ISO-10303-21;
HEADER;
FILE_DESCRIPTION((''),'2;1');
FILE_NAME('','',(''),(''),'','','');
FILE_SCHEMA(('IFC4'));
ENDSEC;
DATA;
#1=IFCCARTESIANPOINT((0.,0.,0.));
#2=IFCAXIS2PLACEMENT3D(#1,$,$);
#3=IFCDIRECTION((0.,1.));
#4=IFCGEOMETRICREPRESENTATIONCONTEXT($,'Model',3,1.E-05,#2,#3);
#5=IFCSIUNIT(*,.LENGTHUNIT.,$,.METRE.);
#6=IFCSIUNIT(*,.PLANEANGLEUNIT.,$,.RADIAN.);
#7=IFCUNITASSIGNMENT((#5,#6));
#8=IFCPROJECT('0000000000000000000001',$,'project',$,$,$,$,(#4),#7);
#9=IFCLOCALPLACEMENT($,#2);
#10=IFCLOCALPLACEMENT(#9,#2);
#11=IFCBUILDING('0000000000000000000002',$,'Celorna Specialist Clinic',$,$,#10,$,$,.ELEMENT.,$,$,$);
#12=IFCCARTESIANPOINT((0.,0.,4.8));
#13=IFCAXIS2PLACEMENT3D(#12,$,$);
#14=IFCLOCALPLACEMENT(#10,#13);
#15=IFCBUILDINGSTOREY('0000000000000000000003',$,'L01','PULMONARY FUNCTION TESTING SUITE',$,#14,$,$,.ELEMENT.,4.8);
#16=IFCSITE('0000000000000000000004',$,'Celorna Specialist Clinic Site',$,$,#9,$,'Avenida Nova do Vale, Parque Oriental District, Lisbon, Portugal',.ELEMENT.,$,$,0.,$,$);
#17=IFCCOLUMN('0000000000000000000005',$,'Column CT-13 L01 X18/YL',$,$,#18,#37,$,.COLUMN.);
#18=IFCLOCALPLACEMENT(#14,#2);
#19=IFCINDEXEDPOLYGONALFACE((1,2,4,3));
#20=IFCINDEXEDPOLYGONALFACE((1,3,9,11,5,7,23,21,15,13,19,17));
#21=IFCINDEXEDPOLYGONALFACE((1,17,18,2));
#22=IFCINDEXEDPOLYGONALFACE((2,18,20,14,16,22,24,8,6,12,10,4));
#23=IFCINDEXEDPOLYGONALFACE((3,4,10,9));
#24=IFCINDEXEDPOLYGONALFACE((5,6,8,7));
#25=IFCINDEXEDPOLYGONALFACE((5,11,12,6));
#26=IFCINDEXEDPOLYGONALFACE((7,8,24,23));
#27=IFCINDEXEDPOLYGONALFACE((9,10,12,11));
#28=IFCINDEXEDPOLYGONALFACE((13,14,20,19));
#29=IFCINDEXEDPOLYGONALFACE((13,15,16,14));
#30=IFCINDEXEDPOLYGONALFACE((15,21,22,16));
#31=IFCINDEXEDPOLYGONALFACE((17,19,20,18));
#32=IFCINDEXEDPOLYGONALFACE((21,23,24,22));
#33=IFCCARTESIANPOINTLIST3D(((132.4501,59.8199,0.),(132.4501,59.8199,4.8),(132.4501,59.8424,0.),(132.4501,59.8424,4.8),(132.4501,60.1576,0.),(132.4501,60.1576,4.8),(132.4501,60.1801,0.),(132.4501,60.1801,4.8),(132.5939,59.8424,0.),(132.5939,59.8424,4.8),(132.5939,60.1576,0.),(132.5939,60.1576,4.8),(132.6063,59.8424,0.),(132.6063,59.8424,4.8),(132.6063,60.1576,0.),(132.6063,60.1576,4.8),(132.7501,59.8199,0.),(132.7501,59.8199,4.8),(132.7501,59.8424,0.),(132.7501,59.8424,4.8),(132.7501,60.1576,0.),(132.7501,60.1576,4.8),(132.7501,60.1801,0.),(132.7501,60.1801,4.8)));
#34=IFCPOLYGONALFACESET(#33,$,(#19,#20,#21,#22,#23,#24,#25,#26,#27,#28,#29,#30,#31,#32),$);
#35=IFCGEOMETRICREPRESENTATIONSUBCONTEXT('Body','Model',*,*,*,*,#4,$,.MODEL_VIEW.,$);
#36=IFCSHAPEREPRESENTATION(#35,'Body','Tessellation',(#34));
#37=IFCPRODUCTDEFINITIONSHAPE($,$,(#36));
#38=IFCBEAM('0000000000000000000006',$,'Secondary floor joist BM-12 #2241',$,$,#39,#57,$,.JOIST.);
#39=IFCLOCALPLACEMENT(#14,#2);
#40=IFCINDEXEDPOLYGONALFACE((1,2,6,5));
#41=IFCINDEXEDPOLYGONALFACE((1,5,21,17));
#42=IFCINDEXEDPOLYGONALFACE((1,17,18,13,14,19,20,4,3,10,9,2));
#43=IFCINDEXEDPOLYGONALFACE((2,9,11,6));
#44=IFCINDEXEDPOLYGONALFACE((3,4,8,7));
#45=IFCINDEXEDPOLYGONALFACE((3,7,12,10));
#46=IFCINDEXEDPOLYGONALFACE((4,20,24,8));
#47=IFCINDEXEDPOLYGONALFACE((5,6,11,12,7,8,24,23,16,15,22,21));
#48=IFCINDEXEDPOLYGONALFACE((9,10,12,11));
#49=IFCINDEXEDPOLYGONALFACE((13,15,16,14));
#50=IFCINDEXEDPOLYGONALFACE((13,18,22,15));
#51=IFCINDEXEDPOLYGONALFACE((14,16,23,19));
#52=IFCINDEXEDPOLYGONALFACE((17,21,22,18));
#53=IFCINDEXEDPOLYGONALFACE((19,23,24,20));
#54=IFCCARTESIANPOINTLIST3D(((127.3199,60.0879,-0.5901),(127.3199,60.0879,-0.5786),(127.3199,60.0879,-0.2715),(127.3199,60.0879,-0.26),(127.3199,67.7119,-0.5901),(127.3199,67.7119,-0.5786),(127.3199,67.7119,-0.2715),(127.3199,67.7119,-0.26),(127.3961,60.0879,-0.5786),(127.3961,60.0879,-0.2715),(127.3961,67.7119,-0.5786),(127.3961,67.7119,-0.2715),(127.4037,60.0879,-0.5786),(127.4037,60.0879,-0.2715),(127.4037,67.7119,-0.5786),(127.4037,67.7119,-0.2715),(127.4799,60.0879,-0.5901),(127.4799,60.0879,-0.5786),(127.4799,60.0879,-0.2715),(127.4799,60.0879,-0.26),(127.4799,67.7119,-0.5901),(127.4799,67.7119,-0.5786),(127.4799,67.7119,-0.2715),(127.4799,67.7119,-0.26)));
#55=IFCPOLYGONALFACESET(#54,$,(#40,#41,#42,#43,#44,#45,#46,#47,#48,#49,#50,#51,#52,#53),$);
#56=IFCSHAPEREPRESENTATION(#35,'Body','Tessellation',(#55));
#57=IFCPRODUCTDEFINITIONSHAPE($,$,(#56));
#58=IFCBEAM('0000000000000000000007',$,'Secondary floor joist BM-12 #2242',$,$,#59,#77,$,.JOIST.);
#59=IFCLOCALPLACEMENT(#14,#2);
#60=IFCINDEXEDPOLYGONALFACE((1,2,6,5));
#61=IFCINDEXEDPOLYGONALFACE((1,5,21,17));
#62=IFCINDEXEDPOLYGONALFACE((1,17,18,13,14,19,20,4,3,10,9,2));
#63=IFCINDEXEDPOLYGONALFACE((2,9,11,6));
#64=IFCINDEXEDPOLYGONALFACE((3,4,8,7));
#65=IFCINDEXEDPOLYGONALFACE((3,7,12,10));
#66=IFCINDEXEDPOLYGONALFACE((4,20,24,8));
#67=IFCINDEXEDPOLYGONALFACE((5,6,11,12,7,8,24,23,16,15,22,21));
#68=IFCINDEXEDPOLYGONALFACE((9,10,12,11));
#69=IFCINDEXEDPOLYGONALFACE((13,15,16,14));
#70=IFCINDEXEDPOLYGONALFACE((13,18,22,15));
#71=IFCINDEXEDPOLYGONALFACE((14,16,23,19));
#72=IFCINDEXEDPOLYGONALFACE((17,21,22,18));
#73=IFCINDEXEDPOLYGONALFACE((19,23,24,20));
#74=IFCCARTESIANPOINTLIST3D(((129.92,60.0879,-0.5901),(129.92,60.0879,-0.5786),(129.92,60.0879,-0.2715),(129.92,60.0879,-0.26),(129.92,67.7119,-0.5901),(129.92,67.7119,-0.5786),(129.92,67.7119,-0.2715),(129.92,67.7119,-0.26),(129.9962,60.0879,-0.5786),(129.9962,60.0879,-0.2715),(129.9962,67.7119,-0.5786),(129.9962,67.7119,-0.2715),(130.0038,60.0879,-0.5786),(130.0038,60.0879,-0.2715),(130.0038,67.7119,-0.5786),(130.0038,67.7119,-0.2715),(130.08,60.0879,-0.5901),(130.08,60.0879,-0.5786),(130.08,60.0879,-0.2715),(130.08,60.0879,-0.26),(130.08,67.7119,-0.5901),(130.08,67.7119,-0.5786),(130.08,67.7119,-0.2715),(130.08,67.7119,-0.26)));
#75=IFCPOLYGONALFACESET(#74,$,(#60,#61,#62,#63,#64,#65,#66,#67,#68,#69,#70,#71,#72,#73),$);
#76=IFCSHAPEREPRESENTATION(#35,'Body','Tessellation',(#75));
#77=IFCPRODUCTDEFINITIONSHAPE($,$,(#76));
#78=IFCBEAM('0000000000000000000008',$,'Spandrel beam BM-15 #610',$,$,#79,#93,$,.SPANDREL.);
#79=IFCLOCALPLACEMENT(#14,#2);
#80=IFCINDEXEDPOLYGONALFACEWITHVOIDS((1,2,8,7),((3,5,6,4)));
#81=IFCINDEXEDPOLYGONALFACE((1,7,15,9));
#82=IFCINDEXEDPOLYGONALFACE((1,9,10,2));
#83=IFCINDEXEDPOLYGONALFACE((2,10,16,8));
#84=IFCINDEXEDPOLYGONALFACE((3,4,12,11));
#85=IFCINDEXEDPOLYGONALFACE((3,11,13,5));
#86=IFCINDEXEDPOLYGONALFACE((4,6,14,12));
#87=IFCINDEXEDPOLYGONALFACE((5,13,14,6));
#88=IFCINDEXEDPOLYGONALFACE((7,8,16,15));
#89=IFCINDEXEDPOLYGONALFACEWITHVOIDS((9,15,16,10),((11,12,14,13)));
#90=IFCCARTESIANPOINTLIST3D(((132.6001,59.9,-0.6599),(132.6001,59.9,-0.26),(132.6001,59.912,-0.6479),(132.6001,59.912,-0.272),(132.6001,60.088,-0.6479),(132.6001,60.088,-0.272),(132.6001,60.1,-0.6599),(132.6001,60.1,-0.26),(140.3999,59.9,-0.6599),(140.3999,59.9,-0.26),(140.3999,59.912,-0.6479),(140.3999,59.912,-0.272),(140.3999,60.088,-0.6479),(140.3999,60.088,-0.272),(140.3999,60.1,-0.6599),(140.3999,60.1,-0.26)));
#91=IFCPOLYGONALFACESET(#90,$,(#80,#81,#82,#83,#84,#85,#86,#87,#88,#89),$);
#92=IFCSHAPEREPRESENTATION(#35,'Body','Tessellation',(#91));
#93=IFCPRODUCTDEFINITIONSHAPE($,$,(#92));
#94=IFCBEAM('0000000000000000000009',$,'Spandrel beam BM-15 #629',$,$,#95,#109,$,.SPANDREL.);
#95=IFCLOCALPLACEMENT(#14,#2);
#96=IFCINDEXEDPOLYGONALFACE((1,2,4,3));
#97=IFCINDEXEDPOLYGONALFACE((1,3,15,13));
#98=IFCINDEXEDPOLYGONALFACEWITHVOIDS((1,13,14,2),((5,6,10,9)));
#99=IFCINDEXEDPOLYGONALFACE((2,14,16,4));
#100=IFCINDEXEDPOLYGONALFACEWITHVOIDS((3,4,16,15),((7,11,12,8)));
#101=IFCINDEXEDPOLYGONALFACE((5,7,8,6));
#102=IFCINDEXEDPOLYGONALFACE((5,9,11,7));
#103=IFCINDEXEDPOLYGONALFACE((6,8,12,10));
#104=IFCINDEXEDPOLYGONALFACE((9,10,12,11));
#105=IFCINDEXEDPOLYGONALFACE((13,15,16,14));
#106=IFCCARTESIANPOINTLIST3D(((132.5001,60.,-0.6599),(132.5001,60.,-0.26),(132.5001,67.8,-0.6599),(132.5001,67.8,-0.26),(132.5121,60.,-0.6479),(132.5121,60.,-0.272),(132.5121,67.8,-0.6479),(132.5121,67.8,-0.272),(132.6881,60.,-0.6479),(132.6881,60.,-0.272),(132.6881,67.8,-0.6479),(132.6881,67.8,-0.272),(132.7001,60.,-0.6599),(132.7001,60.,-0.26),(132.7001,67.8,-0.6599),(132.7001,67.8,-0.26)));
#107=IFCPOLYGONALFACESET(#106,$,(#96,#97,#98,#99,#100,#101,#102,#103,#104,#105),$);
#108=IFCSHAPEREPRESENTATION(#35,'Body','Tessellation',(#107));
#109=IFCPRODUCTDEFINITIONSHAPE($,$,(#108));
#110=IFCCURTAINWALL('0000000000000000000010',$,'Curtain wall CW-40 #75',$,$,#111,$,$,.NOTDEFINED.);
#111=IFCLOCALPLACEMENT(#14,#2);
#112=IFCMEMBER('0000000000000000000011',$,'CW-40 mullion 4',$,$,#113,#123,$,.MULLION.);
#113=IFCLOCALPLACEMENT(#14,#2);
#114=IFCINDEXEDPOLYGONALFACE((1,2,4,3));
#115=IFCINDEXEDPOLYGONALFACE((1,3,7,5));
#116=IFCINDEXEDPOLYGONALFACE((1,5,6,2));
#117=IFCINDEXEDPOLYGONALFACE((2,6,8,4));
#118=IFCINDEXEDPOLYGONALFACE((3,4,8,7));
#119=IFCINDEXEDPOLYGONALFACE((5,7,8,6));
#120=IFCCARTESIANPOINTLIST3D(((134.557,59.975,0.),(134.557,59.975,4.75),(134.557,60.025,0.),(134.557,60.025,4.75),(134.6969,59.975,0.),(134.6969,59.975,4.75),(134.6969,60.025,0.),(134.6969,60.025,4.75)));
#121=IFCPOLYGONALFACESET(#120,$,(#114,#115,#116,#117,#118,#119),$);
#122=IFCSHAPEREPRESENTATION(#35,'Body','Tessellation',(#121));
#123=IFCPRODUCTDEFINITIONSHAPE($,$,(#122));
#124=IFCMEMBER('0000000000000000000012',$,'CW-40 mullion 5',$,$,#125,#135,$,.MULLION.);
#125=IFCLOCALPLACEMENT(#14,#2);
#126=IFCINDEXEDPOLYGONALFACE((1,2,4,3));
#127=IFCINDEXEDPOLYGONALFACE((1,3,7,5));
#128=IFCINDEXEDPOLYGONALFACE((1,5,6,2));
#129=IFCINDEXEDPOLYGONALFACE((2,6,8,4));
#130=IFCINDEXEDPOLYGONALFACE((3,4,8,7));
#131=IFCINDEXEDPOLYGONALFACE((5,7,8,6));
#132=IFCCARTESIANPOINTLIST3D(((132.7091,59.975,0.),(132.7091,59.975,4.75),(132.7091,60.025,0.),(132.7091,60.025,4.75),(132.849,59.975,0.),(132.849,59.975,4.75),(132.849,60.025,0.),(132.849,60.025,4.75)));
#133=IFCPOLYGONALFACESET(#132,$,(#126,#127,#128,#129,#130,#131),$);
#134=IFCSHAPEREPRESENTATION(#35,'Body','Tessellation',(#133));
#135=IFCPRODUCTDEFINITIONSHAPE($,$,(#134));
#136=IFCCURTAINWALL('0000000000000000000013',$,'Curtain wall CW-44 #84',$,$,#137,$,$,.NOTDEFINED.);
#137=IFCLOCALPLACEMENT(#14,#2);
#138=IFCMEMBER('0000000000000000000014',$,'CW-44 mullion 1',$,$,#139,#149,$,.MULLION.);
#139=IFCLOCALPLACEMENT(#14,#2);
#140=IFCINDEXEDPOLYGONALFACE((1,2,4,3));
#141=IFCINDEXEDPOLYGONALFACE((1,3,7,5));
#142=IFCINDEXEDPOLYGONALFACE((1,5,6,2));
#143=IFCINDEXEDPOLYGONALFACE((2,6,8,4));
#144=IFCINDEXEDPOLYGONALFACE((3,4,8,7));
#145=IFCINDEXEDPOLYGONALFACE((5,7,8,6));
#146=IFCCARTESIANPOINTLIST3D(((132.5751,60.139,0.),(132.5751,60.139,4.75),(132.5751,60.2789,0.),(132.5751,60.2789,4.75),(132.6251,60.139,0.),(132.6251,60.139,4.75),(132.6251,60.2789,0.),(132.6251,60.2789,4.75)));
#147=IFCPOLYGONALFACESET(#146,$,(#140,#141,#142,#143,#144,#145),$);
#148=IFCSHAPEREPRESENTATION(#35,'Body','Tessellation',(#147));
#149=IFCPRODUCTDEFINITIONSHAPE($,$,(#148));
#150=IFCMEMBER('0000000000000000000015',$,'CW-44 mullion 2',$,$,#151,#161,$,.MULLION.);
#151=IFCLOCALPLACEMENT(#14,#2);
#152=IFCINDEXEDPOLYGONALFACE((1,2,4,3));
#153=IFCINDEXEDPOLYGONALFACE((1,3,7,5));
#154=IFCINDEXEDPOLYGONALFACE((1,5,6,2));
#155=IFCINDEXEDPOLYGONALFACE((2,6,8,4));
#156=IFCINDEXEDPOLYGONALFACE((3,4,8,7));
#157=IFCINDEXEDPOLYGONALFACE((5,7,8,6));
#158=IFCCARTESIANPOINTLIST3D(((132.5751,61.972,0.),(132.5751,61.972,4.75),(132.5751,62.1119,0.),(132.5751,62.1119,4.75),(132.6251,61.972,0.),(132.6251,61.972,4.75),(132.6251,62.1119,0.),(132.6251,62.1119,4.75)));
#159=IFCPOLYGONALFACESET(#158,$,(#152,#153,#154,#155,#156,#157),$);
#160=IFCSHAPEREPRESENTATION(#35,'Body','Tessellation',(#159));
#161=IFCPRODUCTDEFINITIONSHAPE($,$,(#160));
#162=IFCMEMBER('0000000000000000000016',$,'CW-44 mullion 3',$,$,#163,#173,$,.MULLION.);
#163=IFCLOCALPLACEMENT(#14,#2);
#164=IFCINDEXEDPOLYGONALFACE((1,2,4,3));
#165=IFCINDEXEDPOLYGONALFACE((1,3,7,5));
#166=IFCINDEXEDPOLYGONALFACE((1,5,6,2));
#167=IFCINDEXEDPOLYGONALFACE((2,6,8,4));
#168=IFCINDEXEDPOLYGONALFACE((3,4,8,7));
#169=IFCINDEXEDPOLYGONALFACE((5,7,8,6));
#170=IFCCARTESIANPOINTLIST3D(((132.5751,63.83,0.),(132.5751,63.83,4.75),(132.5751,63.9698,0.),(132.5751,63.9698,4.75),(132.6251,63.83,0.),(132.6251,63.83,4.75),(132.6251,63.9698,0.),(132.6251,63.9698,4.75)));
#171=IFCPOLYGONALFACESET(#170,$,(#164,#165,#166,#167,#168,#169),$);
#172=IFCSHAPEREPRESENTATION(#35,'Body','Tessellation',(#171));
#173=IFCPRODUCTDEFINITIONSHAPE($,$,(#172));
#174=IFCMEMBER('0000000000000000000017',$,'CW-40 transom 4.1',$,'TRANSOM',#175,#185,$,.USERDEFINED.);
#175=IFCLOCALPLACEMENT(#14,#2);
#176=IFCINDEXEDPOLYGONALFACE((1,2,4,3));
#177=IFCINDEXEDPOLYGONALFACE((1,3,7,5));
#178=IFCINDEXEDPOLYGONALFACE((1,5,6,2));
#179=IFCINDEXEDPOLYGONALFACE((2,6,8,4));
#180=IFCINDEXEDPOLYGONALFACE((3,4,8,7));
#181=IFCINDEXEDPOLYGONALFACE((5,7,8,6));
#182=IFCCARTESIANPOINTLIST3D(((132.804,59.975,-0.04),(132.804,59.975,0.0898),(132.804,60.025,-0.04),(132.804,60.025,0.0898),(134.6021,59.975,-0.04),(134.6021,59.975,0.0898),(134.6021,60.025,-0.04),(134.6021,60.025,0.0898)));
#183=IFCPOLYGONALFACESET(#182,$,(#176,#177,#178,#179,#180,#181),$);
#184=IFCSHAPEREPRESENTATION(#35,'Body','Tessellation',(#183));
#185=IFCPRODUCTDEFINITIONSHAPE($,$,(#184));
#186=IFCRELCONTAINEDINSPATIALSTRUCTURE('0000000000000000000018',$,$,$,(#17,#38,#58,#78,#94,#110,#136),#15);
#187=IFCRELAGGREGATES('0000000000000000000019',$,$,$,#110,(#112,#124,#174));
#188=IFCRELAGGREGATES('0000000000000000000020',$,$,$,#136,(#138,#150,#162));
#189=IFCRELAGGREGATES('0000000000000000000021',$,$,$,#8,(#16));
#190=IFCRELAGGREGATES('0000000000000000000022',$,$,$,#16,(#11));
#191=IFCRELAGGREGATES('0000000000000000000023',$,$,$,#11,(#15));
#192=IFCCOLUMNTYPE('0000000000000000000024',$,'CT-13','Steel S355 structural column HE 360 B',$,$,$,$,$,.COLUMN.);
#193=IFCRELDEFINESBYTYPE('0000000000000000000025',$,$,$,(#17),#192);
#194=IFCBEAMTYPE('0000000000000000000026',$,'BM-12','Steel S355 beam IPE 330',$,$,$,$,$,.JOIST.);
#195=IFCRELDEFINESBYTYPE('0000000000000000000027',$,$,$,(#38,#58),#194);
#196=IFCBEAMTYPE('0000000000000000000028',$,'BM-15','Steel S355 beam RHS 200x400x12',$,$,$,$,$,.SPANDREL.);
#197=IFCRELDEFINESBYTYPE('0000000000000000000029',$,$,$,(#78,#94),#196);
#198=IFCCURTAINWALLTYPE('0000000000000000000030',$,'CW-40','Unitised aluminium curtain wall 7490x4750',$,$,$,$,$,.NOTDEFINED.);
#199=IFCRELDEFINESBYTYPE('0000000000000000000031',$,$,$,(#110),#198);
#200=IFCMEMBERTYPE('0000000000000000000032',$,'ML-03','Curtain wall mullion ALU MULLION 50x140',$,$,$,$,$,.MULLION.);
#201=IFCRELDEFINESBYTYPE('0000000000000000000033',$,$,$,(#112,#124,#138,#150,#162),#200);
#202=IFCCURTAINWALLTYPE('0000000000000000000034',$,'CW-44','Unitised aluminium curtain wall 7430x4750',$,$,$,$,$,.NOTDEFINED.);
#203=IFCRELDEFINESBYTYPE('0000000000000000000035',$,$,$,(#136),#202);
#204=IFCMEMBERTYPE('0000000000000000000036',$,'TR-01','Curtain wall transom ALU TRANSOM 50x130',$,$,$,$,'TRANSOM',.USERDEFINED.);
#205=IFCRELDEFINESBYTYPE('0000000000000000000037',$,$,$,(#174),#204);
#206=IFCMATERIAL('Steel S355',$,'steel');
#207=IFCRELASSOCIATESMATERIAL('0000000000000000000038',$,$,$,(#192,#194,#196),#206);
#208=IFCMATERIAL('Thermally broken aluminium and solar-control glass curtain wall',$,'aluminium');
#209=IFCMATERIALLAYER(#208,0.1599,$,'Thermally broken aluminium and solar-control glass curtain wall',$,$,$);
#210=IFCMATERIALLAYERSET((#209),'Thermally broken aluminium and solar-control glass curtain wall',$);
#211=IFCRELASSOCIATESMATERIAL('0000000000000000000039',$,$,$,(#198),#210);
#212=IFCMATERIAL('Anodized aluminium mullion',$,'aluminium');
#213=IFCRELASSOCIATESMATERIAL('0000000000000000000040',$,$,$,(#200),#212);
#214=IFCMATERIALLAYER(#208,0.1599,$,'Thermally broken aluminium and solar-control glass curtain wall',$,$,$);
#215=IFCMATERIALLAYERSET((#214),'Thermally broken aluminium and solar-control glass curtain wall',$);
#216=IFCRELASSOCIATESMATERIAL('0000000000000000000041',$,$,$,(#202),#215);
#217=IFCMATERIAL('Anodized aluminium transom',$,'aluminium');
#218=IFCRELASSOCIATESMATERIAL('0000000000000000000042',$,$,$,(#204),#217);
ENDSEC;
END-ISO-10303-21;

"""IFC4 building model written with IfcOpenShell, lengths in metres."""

from ifc_helpers import new_model, si_unit, direction, frame, origin, origin_2d, place, context, subcontext, project, spatial, rectangle, hollow_rectangle, i_section, extrude, material, layer, layer_set, material_profile, profile_set, type_object, element, aggregate, save


model = new_model("IFC4")

# Units and contexts
model_context = context("Model", 3, precision=1e-05, world=origin(), true_north=direction((0.0, 1.0)))
body_context = subcontext(model_context, "Body", "Model", "MODEL_VIEW")
ifc_project = project(units=[si_unit("LENGTHUNIT", "METRE"), si_unit("PLANEANGLEUNIT", "RADIAN")], contexts=[model_context])

# Site, building, storey
site_placement = place(None, origin())
site = spatial("IfcSite", under=ifc_project, at=site_placement, Name="Celorna Specialist Clinic Site", LongName="Avenida Nova do Vale, Parque Oriental District, Lisbon, Portugal", CompositionType="ELEMENT", RefElevation=0.0)
building_placement = place(site_placement, origin())
building = spatial("IfcBuilding", under=site, at=building_placement, Name="Celorna Specialist Clinic", CompositionType="ELEMENT")
storey_placement = place(building_placement, frame((0.0, 0.0, 4.8)))
storey = spatial("IfcBuildingStorey", under=building, at=storey_placement, Name="L01", Description="PULMONARY FUNCTION TESTING SUITE", CompositionType="ELEMENT", Elevation=4.8)

# Column
ifc_material_1 = material(Name="Steel S355", Category="steel")
ifc_material_profile_1 = material_profile(ifc_material_1, i_section(OverallWidth=0.3, OverallDepth=0.3601, WebThickness=0.0125, FlangeThickness=0.0225, at=origin_2d()), Name="HE 360 B")
ifc_profile_set_1 = profile_set([ifc_material_profile_1], Name="Steel S355")
column_type = type_object("IfcColumnType", Name="CT-13", Description="Steel S355 structural column HE 360 B", PredefinedType="COLUMN", material=ifc_profile_set_1)
column_placement = place(storey_placement, frame((132.6001, 60.0, 0.0), z_axis=(0.0, 0.0, 1.0), x_axis=(1.0, 0.0, 0.0)))
element("IfcColumn", 1, at=column_placement, inside=storey, type_object=column_type, Name="Column CT-13 L01 X18/YL", PredefinedType="COLUMN", context=body_context, shape_type="SweptSolid", body=[
    extrude(i_section(OverallWidth=0.3, OverallDepth=0.3601, WebThickness=0.0125, FlangeThickness=0.0225, at=origin_2d()), origin(), (0.0, 0.0, 1.0), 4.8),
])

# Beams
ifc_material_profile_2 = material_profile(ifc_material_1, i_section(OverallWidth=0.1599, OverallDepth=0.3301, WebThickness=0.0076, FlangeThickness=0.0115, at=origin_2d()), Name="IPE 330")
ifc_profile_set_2 = profile_set([ifc_material_profile_2], Name="Steel S355")
beam_type_1 = type_object("IfcBeamType", Name="BM-12", Description="Steel S355 beam IPE 330", PredefinedType="JOIST", material=ifc_profile_set_2)
for number, where, z_axis, x_axis, name in (
    (2, (127.3999, 60.0879, -0.425), (0.0, 1.0, 0.0), (-1.0, 0.0, 0.0), "Secondary floor joist BM-12 #2241"),
    (3, (130.0, 60.0879, -0.425), (0.0, 1.0, 0.0), (-1.0, 0.0, 0.0), "Secondary floor joist BM-12 #2242"),
):
    element("IfcBeam", number, at=place(storey_placement, frame(where, z_axis=z_axis, x_axis=x_axis)), inside=storey, type_object=beam_type_1, Name=name, PredefinedType="JOIST", context=body_context, shape_type="SweptSolid", body=[
        extrude(i_section(OverallWidth=0.1599, OverallDepth=0.3301, WebThickness=0.0076, FlangeThickness=0.0115, at=origin_2d()), origin(), (0.0, 0.0, 1.0), 7.624),
    ])
ifc_material_profile_3 = material_profile(ifc_material_1, hollow_rectangle(XDim=0.2, YDim=0.3999, WallThickness=0.012, at=origin_2d()), Name="RHS 200x400x12")
ifc_profile_set_3 = profile_set([ifc_material_profile_3], Name="Steel S355")
beam_type_2 = type_object("IfcBeamType", Name="BM-15", Description="Steel S355 beam RHS 200x400x12", PredefinedType="SPANDREL", material=ifc_profile_set_3)
beam_1_placement = place(storey_placement, frame((132.6001, 60.0, -0.46), z_axis=(1.0, 0.0, 0.0), x_axis=(0.0, 1.0, 0.0)))
element("IfcBeam", 4, at=beam_1_placement, inside=storey, type_object=beam_type_2, Name="Spandrel beam BM-15 #610", PredefinedType="SPANDREL", context=body_context, shape_type="SweptSolid", body=[
    extrude(hollow_rectangle(XDim=0.2, YDim=0.3999, WallThickness=0.012, at=origin_2d()), origin(), (0.0, 0.0, 1.0), 7.7998),
])
beam_2_placement = place(storey_placement, frame((132.6001, 60.0, -0.46), z_axis=(0.0, 1.0, 0.0), x_axis=(-1.0, 0.0, 0.0)))
element("IfcBeam", 5, at=beam_2_placement, inside=storey, type_object=beam_type_2, Name="Spandrel beam BM-15 #629", PredefinedType="SPANDREL", context=body_context, shape_type="SweptSolid", body=[
    extrude(hollow_rectangle(XDim=0.2, YDim=0.3999, WallThickness=0.012, at=origin_2d()), origin(), (0.0, 0.0, 1.0), 7.8),
])

# Curtain walls, members
ifc_material_2 = material(Name="Thermally broken aluminium and solar-control glass curtain wall", Category="aluminium")
ifc_layer_1 = layer(ifc_material_2, 0.1599, Name="Thermally broken aluminium and solar-control glass curtain wall")
ifc_layer_set_1 = layer_set([ifc_layer_1], Name="Thermally broken aluminium and solar-control glass curtain wall")
curtain_wall_type_1 = type_object("IfcCurtainWallType", Name="CW-40", Description="Unitised aluminium curtain wall 7490x4750", PredefinedType="NOTDEFINED", material=ifc_layer_set_1)
curtain_wall_1_placement = place(storey_placement, origin())
curtain_wall_1 = element("IfcCurtainWall", 6, at=curtain_wall_1_placement, inside=storey, type_object=curtain_wall_type_1, Name="Curtain wall CW-40 #75", PredefinedType="NOTDEFINED")
ifc_material_3 = material(Name="Anodized aluminium mullion", Category="aluminium")
ifc_material_profile_4 = material_profile(ifc_material_3, rectangle(XDim=0.05, YDim=0.1399, at=origin_2d()), Name="ALU MULLION 50x140")
ifc_profile_set_4 = profile_set([ifc_material_profile_4], Name="Anodized aluminium mullion")
member_type_1 = type_object("IfcMemberType", Name="ML-03", Description="Curtain wall mullion ALU MULLION 50x140", PredefinedType="MULLION", material=ifc_profile_set_4)
member_1_placement = place(storey_placement, frame((134.627, 60.0, 0.0), z_axis=(0.0, 0.0, 1.0), x_axis=(0.0, -1.0, 0.0)))
member_1 = element("IfcMember", 7, at=member_1_placement, type_object=member_type_1, Name="CW-40 mullion 4", PredefinedType="MULLION", context=body_context, shape_type="SweptSolid", body=[
    extrude(rectangle(XDim=0.05, YDim=0.1399, at=origin_2d()), origin(), (0.0, 0.0, 1.0), 4.75),
])
member_2_placement = place(storey_placement, frame((132.7791, 60.0, 0.0), z_axis=(0.0, 0.0, 1.0), x_axis=(0.0, -1.0, 0.0)))
member_2 = element("IfcMember", 8, at=member_2_placement, type_object=member_type_1, Name="CW-40 mullion 5", PredefinedType="MULLION", context=body_context, shape_type="SweptSolid", body=[
    extrude(rectangle(XDim=0.05, YDim=0.1399, at=origin_2d()), origin(), (0.0, 0.0, 1.0), 4.75),
])
ifc_layer_2 = layer(ifc_material_2, 0.1599, Name="Thermally broken aluminium and solar-control glass curtain wall")
ifc_layer_set_2 = layer_set([ifc_layer_2], Name="Thermally broken aluminium and solar-control glass curtain wall")
curtain_wall_type_2 = type_object("IfcCurtainWallType", Name="CW-44", Description="Unitised aluminium curtain wall 7430x4750", PredefinedType="NOTDEFINED", material=ifc_layer_set_2)
curtain_wall_2_placement = place(storey_placement, origin())
curtain_wall_2 = element("IfcCurtainWall", 9, at=curtain_wall_2_placement, inside=storey, type_object=curtain_wall_type_2, Name="Curtain wall CW-44 #84", PredefinedType="NOTDEFINED")
member_3_placement = place(storey_placement, frame((132.6001, 60.209, 0.0), z_axis=(0.0, 0.0, 1.0), x_axis=(-1.0, 0.0, 0.0)))
member_3 = element("IfcMember", 10, at=member_3_placement, type_object=member_type_1, Name="CW-44 mullion 1", PredefinedType="MULLION", context=body_context, shape_type="SweptSolid", body=[
    extrude(rectangle(XDim=0.05, YDim=0.1399, at=origin_2d()), origin(), (0.0, 0.0, 1.0), 4.75),
])
member_4_placement = place(storey_placement, frame((132.6001, 62.042, 0.0), z_axis=(0.0, 0.0, 1.0), x_axis=(-1.0, 0.0, 0.0)))
member_4 = element("IfcMember", 11, at=member_4_placement, type_object=member_type_1, Name="CW-44 mullion 2", PredefinedType="MULLION", context=body_context, shape_type="SweptSolid", body=[
    extrude(rectangle(XDim=0.05, YDim=0.1399, at=origin_2d()), origin(), (0.0, 0.0, 1.0), 4.75),
])
member_5_placement = place(storey_placement, frame((132.6001, 63.8999, 0.0), z_axis=(0.0, 0.0, 1.0), x_axis=(-1.0, 0.0, 0.0)))
member_5 = element("IfcMember", 12, at=member_5_placement, type_object=member_type_1, Name="CW-44 mullion 3", PredefinedType="MULLION", context=body_context, shape_type="SweptSolid", body=[
    extrude(rectangle(XDim=0.05, YDim=0.1399, at=origin_2d()), origin(), (0.0, 0.0, 1.0), 4.75),
])

# Member
ifc_material_4 = material(Name="Anodized aluminium transom", Category="aluminium")
ifc_material_profile_5 = material_profile(ifc_material_4, rectangle(XDim=0.05, YDim=0.1299, at=origin_2d()), Name="ALU TRANSOM 50x130")
ifc_profile_set_5 = profile_set([ifc_material_profile_5], Name="Anodized aluminium transom")
member_type_2 = type_object("IfcMemberType", Name="TR-01", Description="Curtain wall transom ALU TRANSOM 50x130", ElementType="TRANSOM", PredefinedType="USERDEFINED", material=ifc_profile_set_5)
member_6_placement = place(storey_placement, frame((134.6021, 60.0, 0.0249), z_axis=(-1.0, 0.0, 0.0), x_axis=(0.0, -1.0, 0.0)))
member_6 = element("IfcMember", 13, at=member_6_placement, type_object=member_type_2, Name="CW-40 transom 4.1", ObjectType="TRANSOM", PredefinedType="USERDEFINED", context=body_context, shape_type="SweptSolid", body=[
    extrude(rectangle(XDim=0.05, YDim=0.1299, at=origin_2d()), origin(), (0.0, 0.0, 1.0), 1.7981),
])

aggregate(curtain_wall_1, [member_1, member_2, member_6])
aggregate(curtain_wall_2, [member_3, member_4, member_5])

save(model, "model.ifc")
